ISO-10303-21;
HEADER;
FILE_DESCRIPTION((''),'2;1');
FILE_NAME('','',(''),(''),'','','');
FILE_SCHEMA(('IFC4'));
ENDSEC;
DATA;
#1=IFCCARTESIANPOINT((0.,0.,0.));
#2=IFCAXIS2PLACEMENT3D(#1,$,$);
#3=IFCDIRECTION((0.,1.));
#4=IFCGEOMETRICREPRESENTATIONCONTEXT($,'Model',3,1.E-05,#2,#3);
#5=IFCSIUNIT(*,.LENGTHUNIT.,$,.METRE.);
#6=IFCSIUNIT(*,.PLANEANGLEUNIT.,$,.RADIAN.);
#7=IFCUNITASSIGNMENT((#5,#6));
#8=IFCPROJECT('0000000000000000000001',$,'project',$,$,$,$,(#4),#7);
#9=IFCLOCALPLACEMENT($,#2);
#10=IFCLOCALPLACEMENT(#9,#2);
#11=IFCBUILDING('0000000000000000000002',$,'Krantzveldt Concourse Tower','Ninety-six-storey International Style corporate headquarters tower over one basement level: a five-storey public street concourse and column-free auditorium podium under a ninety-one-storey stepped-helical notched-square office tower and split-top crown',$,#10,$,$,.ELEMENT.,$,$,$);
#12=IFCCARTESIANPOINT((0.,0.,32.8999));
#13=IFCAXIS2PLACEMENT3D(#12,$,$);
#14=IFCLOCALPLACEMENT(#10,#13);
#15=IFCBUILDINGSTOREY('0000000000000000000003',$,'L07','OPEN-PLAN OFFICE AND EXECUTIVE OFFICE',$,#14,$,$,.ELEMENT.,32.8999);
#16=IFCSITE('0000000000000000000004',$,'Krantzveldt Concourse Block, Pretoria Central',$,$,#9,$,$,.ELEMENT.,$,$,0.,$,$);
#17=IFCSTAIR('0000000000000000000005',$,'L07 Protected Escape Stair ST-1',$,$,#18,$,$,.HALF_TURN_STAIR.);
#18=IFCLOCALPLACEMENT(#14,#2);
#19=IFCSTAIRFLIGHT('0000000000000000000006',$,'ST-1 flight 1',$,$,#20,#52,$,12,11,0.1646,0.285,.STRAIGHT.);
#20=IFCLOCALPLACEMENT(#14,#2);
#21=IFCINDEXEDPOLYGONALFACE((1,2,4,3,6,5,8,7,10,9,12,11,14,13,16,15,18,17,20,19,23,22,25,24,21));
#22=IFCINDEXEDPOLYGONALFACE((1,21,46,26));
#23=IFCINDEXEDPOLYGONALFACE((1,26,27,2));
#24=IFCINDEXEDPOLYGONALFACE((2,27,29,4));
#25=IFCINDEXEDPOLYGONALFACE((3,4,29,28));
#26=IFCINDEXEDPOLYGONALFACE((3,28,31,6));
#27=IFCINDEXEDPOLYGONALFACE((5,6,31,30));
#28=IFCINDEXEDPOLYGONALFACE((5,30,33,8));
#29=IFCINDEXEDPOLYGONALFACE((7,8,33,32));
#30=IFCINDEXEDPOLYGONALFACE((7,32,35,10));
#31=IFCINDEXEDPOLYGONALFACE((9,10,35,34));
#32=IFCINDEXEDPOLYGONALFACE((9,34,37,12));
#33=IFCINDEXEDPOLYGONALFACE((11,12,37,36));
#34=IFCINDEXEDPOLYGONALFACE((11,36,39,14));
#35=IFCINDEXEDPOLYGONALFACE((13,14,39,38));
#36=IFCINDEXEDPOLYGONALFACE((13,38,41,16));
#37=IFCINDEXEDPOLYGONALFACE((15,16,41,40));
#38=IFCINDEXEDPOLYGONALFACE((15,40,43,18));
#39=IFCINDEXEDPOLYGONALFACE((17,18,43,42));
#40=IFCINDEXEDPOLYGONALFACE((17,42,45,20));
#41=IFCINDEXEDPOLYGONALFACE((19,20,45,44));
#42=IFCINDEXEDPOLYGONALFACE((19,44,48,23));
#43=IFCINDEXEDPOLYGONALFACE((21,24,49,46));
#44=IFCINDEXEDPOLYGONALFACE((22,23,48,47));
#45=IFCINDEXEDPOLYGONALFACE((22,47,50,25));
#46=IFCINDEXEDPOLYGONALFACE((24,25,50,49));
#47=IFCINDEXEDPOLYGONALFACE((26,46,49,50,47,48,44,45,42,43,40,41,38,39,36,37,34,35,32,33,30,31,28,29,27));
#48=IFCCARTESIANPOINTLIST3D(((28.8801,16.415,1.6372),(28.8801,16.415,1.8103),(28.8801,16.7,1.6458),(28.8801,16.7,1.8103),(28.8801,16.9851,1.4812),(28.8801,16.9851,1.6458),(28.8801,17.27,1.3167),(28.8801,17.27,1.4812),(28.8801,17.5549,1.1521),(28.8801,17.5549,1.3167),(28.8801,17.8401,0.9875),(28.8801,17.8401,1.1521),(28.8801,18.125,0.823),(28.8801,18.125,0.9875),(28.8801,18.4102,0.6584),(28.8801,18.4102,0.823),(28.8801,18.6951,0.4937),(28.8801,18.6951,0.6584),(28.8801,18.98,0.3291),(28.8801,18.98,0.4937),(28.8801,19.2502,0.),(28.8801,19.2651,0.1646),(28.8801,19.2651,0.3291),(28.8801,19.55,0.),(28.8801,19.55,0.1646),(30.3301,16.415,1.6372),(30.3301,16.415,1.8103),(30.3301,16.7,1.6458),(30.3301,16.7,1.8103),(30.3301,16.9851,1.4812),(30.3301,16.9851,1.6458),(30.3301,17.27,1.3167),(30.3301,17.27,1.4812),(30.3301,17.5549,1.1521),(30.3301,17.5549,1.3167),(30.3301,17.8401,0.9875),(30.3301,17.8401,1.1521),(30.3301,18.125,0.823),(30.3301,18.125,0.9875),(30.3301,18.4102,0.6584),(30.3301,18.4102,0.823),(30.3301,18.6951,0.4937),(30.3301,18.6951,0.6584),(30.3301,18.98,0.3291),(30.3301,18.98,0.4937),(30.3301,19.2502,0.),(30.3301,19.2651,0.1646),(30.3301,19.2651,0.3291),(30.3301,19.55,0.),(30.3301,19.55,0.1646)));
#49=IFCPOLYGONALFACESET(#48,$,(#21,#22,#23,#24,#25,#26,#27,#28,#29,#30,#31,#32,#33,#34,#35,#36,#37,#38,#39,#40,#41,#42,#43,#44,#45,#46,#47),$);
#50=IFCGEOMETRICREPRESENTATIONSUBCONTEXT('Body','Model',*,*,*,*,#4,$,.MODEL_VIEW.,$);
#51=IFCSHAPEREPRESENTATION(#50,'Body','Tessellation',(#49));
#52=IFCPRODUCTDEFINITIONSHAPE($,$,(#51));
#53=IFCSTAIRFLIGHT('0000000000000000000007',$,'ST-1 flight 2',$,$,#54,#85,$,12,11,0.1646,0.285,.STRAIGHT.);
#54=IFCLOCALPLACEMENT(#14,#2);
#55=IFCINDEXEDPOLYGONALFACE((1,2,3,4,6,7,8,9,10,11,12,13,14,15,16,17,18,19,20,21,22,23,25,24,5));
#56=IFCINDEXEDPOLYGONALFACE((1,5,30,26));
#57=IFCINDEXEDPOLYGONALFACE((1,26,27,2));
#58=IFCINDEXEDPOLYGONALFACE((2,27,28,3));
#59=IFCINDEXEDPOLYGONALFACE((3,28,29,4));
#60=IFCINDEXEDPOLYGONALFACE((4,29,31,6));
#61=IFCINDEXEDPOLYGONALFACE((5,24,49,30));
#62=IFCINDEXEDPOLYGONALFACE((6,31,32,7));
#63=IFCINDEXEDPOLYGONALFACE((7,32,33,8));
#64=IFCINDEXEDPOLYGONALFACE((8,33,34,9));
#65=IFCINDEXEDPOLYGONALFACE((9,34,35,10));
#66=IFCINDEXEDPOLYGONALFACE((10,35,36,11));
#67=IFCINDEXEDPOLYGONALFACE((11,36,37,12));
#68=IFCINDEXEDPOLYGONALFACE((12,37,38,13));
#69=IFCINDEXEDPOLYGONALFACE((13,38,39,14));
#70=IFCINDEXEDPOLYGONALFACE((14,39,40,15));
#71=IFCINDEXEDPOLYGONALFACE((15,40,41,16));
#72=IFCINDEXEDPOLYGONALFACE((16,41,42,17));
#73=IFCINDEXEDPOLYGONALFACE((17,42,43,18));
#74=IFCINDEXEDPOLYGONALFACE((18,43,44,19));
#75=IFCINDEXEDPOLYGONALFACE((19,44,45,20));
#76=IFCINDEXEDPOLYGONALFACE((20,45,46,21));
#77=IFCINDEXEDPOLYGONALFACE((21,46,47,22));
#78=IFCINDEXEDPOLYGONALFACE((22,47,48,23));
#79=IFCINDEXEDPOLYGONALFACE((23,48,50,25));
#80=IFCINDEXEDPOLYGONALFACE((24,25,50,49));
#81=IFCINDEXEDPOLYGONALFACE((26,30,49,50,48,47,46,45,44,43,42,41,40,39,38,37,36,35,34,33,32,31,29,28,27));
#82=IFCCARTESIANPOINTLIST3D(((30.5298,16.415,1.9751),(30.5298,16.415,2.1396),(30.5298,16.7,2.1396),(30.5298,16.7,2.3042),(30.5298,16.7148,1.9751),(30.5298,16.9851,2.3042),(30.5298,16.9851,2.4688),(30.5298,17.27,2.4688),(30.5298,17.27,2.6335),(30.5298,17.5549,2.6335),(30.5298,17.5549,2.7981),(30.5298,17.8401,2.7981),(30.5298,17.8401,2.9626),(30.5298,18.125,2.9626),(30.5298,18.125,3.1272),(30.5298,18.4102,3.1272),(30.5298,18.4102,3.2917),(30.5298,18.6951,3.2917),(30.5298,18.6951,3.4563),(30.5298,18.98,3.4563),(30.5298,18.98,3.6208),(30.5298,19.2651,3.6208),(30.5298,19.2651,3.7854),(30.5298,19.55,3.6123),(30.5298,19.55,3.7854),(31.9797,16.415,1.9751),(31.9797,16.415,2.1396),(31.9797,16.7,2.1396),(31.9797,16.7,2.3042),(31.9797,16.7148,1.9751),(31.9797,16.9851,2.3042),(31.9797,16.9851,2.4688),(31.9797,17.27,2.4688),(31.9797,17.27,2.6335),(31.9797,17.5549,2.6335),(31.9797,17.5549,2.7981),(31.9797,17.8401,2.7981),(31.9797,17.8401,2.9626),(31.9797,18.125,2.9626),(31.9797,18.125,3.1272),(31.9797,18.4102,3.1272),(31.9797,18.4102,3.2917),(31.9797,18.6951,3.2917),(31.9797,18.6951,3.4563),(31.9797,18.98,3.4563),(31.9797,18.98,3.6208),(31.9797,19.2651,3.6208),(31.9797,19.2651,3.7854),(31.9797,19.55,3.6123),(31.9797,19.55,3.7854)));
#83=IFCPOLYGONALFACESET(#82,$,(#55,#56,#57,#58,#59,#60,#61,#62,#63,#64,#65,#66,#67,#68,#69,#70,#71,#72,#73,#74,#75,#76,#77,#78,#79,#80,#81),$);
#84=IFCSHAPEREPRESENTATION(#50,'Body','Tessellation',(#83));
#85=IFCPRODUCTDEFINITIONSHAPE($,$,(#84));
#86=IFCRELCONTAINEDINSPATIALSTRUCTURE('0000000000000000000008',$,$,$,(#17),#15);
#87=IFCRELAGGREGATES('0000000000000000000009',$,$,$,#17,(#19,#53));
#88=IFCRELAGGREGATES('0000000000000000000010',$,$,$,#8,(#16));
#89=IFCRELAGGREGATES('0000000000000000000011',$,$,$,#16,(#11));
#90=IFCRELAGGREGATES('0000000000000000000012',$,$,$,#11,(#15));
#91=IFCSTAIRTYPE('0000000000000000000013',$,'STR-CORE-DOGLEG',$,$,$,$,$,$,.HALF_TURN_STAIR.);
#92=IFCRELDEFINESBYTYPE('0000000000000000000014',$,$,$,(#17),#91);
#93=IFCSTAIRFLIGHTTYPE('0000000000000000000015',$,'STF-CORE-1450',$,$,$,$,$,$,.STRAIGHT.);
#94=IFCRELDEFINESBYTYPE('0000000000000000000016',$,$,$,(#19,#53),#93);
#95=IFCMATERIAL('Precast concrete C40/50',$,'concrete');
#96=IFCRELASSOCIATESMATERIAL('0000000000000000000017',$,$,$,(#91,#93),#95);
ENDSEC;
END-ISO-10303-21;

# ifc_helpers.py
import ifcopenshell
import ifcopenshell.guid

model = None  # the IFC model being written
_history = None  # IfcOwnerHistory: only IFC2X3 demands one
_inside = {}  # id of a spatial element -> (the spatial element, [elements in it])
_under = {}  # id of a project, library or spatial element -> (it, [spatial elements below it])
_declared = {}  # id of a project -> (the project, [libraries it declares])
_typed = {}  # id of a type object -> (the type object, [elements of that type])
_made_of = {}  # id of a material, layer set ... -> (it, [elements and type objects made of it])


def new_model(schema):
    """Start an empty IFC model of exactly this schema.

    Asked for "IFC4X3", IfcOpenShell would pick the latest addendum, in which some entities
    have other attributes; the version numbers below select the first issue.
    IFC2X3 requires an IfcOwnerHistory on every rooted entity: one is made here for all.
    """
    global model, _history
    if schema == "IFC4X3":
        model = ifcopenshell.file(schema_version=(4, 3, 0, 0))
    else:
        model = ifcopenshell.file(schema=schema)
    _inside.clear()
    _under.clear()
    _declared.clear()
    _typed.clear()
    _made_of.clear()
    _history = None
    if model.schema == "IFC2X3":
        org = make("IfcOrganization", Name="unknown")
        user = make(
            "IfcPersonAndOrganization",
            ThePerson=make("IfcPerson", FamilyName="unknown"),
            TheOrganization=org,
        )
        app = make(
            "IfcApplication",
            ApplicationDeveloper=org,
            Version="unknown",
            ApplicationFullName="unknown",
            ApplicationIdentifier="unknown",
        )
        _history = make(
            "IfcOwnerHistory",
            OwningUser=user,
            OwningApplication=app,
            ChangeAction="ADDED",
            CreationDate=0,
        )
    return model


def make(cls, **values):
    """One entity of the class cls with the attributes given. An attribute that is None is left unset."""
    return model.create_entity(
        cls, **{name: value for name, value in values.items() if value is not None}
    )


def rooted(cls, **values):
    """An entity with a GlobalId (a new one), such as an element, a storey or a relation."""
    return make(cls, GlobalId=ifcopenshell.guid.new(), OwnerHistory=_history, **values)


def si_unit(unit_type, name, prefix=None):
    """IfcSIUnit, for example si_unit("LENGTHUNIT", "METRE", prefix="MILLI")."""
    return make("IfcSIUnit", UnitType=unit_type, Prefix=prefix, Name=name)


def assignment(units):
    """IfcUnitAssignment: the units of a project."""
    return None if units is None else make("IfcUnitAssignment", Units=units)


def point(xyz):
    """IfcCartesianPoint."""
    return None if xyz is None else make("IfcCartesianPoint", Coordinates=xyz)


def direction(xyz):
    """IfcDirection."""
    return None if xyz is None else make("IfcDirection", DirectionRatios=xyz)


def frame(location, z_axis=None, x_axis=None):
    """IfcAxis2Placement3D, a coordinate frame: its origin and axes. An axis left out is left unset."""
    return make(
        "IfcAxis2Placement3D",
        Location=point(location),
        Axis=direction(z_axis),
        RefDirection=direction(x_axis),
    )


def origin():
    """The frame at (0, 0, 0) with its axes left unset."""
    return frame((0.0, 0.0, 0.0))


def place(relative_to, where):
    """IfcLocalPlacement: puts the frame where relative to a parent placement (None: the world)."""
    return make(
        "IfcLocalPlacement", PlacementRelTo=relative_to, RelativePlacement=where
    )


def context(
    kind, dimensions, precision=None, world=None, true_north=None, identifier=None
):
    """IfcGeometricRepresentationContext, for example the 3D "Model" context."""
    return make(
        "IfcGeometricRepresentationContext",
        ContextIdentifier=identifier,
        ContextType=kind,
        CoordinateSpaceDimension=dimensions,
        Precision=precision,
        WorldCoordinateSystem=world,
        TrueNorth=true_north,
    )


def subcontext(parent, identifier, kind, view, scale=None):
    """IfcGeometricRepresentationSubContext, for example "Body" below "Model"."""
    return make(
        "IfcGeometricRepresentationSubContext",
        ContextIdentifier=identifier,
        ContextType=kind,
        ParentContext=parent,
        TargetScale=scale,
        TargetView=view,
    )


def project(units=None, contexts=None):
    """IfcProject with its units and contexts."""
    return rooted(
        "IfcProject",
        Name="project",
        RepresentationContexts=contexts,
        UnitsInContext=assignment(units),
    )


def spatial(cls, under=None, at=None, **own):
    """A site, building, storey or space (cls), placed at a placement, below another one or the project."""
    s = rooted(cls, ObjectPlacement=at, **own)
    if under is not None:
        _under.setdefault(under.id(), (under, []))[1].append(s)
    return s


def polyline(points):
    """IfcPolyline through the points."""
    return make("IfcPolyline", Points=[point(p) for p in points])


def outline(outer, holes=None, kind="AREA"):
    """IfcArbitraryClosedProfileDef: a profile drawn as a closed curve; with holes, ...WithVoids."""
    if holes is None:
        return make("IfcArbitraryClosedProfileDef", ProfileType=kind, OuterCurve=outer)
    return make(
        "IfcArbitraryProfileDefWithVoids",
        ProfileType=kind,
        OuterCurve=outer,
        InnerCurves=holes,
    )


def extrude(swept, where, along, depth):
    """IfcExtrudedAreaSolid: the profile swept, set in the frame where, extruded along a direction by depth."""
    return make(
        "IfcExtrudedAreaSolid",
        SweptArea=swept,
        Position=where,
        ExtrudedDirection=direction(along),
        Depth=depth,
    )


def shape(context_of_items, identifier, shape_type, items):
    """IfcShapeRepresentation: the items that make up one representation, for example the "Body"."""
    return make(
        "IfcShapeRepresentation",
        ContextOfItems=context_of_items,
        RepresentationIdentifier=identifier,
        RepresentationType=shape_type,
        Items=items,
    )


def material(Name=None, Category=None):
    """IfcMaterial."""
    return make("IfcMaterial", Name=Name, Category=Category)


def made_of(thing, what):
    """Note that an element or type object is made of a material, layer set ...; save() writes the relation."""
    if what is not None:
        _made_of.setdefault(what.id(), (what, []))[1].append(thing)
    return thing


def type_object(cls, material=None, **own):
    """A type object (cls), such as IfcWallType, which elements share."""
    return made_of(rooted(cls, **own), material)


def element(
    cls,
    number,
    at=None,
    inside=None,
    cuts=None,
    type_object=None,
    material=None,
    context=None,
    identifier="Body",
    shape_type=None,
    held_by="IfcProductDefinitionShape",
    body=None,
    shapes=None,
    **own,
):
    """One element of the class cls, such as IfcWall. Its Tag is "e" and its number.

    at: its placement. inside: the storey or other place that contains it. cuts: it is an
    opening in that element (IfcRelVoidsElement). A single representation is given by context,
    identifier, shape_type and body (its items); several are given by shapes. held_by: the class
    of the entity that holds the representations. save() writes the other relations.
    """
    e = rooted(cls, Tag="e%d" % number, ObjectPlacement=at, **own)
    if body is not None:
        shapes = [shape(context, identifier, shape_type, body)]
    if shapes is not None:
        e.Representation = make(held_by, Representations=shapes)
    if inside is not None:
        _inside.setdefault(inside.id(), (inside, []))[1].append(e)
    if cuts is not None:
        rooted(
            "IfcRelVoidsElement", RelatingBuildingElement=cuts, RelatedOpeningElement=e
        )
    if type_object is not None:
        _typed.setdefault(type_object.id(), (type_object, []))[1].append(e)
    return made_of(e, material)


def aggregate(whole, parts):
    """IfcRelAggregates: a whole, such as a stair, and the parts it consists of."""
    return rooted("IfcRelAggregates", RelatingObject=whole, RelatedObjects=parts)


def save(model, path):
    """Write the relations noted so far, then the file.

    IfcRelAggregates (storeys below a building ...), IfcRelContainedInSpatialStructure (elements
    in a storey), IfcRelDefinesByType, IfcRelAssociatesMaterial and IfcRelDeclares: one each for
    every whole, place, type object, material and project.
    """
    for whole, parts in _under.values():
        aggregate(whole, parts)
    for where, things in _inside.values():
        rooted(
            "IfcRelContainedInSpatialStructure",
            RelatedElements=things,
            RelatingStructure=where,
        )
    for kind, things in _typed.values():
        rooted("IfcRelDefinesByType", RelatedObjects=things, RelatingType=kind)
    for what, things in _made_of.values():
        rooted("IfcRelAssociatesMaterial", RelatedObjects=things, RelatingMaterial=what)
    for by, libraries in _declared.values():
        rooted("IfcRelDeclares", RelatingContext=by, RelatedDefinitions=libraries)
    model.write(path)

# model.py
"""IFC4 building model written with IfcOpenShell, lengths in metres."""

from ifc_helpers import new_model, si_unit, direction, frame, origin, place, context, subcontext, project, spatial, polyline, outline, extrude, material, type_object, element, aggregate, save


model = new_model("IFC4")

# Units and contexts
model_context = context("Model", 3, precision=1e-05, world=origin(), true_north=direction((0.0, 1.0)))
body_context = subcontext(model_context, "Body", "Model", "MODEL_VIEW")
ifc_project = project(units=[si_unit("LENGTHUNIT", "METRE"), si_unit("PLANEANGLEUNIT", "RADIAN")], contexts=[model_context])

# Site, building, storey
site_placement = place(None, origin())
site = spatial("IfcSite", under=ifc_project, at=site_placement, Name="Krantzveldt Concourse Block, Pretoria Central", CompositionType="ELEMENT", RefElevation=0.0)
building_placement = place(site_placement, origin())
building = spatial("IfcBuilding", under=site, at=building_placement, Name="Krantzveldt Concourse Tower", Description="Ninety-six-storey International Style corporate headquarters tower over one basement level: a five-storey public street concourse and column-free auditorium podium under a ninety-one-storey stepped-helical notched-square office tower and split-top crown", CompositionType="ELEMENT")
storey_placement = place(building_placement, frame((0.0, 0.0, 32.8999)))
storey = spatial("IfcBuildingStorey", under=building, at=storey_placement, Name="L07", Description="OPEN-PLAN OFFICE AND EXECUTIVE OFFICE", CompositionType="ELEMENT", Elevation=32.8999)

# Stair, stair flights
ifc_material_1 = material(Name="Precast concrete C40/50", Category="concrete")
stair_type = type_object("IfcStairType", Name="STR-CORE-DOGLEG", PredefinedType="HALF_TURN_STAIR", material=ifc_material_1)
stair_placement = place(storey_placement, origin())
stair = element("IfcStair", 1, at=stair_placement, inside=storey, type_object=stair_type, Name="L07 Protected Escape Stair ST-1", PredefinedType="HALF_TURN_STAIR")
stair_flight_type = type_object("IfcStairFlightType", Name="STF-CORE-1450", PredefinedType="STRAIGHT", material=ifc_material_1)
stair_flight_1_placement = place(storey_placement, frame((29.605, 19.55, 0.0), z_axis=(0.0, 0.0, 1.0), x_axis=(0.0, -1.0, 0.0)))
stair_flight_1 = element("IfcStairFlight", 2, at=stair_flight_1_placement, type_object=stair_flight_type, Name="ST-1 flight 1", NumberOfRisers=12, NumberOfTreads=11, PredefinedType="STRAIGHT", RiserHeight=0.1646, TreadLength=0.285, context=body_context, shape_type="SweptSolid", body=[
    extrude(outline(polyline([(0.0, 0.0), (0.0, 0.1646), (0.2849, 0.1646), (0.2849, 0.3291), (0.5701, 0.3291), (0.5701, 0.4937), (0.855, 0.4937), (0.855, 0.6584), (1.1399, 0.6584), (1.1399, 0.823), (1.425, 0.823), (1.425, 0.9875), (1.71, 0.9875), (1.71, 1.1521), (1.9951, 1.1521), (1.9951, 1.3167), (2.28, 1.3167), (2.28, 1.4812), (2.5649, 1.4812), (2.5649, 1.6458), (2.8501, 1.6458), (2.8501, 1.8103), (3.135, 1.8103), (3.135, 1.9751), (3.135, 1.6372), (0.2998, 0.0), (0.0, 0.0)])), frame((0.0, 0.7251, 0.0), z_axis=(0.0, -1.0, 0.0), x_axis=(1.0, 0.0, 0.0)), (0.0, 0.0, 1.0), 1.45),
])
stair_flight_2_placement = place(storey_placement, frame((31.2549, 16.415, 1.9751), z_axis=(0.0, 0.0, 1.0), x_axis=(0.0, 1.0, 0.0)))
stair_flight_2 = element("IfcStairFlight", 3, at=stair_flight_2_placement, type_object=stair_flight_type, Name="ST-1 flight 2", NumberOfRisers=12, NumberOfTreads=11, PredefinedType="STRAIGHT", RiserHeight=0.1646, TreadLength=0.285, context=body_context, shape_type="SweptSolid", body=[
    extrude(outline(polyline([(0.0, 0.0), (0.0, 0.1646), (0.2849, 0.1646), (0.2849, 0.3291), (0.5701, 0.3291), (0.5701, 0.4937), (0.855, 0.4937), (0.855, 0.6584), (1.1399, 0.6584), (1.1399, 0.823), (1.425, 0.823), (1.425, 0.9875), (1.71, 0.9875), (1.71, 1.1521), (1.9951, 1.1521), (1.9951, 1.3167), (2.28, 1.3167), (2.28, 1.4812), (2.5649, 1.4812), (2.5649, 1.6458), (2.8501, 1.6458), (2.8501, 1.8103), (3.135, 1.8103), (3.135, 1.9751), (3.135, 1.6372), (0.2998, 0.0), (0.0, 0.0)])), frame((0.0, 0.7251, 0.0), z_axis=(0.0, -1.0, 0.0), x_axis=(1.0, 0.0, 0.0)), (0.0, 0.0, 1.0), 1.45),
])
aggregate(stair, [stair_flight_1, stair_flight_2])

save(model, "model.ifc")
